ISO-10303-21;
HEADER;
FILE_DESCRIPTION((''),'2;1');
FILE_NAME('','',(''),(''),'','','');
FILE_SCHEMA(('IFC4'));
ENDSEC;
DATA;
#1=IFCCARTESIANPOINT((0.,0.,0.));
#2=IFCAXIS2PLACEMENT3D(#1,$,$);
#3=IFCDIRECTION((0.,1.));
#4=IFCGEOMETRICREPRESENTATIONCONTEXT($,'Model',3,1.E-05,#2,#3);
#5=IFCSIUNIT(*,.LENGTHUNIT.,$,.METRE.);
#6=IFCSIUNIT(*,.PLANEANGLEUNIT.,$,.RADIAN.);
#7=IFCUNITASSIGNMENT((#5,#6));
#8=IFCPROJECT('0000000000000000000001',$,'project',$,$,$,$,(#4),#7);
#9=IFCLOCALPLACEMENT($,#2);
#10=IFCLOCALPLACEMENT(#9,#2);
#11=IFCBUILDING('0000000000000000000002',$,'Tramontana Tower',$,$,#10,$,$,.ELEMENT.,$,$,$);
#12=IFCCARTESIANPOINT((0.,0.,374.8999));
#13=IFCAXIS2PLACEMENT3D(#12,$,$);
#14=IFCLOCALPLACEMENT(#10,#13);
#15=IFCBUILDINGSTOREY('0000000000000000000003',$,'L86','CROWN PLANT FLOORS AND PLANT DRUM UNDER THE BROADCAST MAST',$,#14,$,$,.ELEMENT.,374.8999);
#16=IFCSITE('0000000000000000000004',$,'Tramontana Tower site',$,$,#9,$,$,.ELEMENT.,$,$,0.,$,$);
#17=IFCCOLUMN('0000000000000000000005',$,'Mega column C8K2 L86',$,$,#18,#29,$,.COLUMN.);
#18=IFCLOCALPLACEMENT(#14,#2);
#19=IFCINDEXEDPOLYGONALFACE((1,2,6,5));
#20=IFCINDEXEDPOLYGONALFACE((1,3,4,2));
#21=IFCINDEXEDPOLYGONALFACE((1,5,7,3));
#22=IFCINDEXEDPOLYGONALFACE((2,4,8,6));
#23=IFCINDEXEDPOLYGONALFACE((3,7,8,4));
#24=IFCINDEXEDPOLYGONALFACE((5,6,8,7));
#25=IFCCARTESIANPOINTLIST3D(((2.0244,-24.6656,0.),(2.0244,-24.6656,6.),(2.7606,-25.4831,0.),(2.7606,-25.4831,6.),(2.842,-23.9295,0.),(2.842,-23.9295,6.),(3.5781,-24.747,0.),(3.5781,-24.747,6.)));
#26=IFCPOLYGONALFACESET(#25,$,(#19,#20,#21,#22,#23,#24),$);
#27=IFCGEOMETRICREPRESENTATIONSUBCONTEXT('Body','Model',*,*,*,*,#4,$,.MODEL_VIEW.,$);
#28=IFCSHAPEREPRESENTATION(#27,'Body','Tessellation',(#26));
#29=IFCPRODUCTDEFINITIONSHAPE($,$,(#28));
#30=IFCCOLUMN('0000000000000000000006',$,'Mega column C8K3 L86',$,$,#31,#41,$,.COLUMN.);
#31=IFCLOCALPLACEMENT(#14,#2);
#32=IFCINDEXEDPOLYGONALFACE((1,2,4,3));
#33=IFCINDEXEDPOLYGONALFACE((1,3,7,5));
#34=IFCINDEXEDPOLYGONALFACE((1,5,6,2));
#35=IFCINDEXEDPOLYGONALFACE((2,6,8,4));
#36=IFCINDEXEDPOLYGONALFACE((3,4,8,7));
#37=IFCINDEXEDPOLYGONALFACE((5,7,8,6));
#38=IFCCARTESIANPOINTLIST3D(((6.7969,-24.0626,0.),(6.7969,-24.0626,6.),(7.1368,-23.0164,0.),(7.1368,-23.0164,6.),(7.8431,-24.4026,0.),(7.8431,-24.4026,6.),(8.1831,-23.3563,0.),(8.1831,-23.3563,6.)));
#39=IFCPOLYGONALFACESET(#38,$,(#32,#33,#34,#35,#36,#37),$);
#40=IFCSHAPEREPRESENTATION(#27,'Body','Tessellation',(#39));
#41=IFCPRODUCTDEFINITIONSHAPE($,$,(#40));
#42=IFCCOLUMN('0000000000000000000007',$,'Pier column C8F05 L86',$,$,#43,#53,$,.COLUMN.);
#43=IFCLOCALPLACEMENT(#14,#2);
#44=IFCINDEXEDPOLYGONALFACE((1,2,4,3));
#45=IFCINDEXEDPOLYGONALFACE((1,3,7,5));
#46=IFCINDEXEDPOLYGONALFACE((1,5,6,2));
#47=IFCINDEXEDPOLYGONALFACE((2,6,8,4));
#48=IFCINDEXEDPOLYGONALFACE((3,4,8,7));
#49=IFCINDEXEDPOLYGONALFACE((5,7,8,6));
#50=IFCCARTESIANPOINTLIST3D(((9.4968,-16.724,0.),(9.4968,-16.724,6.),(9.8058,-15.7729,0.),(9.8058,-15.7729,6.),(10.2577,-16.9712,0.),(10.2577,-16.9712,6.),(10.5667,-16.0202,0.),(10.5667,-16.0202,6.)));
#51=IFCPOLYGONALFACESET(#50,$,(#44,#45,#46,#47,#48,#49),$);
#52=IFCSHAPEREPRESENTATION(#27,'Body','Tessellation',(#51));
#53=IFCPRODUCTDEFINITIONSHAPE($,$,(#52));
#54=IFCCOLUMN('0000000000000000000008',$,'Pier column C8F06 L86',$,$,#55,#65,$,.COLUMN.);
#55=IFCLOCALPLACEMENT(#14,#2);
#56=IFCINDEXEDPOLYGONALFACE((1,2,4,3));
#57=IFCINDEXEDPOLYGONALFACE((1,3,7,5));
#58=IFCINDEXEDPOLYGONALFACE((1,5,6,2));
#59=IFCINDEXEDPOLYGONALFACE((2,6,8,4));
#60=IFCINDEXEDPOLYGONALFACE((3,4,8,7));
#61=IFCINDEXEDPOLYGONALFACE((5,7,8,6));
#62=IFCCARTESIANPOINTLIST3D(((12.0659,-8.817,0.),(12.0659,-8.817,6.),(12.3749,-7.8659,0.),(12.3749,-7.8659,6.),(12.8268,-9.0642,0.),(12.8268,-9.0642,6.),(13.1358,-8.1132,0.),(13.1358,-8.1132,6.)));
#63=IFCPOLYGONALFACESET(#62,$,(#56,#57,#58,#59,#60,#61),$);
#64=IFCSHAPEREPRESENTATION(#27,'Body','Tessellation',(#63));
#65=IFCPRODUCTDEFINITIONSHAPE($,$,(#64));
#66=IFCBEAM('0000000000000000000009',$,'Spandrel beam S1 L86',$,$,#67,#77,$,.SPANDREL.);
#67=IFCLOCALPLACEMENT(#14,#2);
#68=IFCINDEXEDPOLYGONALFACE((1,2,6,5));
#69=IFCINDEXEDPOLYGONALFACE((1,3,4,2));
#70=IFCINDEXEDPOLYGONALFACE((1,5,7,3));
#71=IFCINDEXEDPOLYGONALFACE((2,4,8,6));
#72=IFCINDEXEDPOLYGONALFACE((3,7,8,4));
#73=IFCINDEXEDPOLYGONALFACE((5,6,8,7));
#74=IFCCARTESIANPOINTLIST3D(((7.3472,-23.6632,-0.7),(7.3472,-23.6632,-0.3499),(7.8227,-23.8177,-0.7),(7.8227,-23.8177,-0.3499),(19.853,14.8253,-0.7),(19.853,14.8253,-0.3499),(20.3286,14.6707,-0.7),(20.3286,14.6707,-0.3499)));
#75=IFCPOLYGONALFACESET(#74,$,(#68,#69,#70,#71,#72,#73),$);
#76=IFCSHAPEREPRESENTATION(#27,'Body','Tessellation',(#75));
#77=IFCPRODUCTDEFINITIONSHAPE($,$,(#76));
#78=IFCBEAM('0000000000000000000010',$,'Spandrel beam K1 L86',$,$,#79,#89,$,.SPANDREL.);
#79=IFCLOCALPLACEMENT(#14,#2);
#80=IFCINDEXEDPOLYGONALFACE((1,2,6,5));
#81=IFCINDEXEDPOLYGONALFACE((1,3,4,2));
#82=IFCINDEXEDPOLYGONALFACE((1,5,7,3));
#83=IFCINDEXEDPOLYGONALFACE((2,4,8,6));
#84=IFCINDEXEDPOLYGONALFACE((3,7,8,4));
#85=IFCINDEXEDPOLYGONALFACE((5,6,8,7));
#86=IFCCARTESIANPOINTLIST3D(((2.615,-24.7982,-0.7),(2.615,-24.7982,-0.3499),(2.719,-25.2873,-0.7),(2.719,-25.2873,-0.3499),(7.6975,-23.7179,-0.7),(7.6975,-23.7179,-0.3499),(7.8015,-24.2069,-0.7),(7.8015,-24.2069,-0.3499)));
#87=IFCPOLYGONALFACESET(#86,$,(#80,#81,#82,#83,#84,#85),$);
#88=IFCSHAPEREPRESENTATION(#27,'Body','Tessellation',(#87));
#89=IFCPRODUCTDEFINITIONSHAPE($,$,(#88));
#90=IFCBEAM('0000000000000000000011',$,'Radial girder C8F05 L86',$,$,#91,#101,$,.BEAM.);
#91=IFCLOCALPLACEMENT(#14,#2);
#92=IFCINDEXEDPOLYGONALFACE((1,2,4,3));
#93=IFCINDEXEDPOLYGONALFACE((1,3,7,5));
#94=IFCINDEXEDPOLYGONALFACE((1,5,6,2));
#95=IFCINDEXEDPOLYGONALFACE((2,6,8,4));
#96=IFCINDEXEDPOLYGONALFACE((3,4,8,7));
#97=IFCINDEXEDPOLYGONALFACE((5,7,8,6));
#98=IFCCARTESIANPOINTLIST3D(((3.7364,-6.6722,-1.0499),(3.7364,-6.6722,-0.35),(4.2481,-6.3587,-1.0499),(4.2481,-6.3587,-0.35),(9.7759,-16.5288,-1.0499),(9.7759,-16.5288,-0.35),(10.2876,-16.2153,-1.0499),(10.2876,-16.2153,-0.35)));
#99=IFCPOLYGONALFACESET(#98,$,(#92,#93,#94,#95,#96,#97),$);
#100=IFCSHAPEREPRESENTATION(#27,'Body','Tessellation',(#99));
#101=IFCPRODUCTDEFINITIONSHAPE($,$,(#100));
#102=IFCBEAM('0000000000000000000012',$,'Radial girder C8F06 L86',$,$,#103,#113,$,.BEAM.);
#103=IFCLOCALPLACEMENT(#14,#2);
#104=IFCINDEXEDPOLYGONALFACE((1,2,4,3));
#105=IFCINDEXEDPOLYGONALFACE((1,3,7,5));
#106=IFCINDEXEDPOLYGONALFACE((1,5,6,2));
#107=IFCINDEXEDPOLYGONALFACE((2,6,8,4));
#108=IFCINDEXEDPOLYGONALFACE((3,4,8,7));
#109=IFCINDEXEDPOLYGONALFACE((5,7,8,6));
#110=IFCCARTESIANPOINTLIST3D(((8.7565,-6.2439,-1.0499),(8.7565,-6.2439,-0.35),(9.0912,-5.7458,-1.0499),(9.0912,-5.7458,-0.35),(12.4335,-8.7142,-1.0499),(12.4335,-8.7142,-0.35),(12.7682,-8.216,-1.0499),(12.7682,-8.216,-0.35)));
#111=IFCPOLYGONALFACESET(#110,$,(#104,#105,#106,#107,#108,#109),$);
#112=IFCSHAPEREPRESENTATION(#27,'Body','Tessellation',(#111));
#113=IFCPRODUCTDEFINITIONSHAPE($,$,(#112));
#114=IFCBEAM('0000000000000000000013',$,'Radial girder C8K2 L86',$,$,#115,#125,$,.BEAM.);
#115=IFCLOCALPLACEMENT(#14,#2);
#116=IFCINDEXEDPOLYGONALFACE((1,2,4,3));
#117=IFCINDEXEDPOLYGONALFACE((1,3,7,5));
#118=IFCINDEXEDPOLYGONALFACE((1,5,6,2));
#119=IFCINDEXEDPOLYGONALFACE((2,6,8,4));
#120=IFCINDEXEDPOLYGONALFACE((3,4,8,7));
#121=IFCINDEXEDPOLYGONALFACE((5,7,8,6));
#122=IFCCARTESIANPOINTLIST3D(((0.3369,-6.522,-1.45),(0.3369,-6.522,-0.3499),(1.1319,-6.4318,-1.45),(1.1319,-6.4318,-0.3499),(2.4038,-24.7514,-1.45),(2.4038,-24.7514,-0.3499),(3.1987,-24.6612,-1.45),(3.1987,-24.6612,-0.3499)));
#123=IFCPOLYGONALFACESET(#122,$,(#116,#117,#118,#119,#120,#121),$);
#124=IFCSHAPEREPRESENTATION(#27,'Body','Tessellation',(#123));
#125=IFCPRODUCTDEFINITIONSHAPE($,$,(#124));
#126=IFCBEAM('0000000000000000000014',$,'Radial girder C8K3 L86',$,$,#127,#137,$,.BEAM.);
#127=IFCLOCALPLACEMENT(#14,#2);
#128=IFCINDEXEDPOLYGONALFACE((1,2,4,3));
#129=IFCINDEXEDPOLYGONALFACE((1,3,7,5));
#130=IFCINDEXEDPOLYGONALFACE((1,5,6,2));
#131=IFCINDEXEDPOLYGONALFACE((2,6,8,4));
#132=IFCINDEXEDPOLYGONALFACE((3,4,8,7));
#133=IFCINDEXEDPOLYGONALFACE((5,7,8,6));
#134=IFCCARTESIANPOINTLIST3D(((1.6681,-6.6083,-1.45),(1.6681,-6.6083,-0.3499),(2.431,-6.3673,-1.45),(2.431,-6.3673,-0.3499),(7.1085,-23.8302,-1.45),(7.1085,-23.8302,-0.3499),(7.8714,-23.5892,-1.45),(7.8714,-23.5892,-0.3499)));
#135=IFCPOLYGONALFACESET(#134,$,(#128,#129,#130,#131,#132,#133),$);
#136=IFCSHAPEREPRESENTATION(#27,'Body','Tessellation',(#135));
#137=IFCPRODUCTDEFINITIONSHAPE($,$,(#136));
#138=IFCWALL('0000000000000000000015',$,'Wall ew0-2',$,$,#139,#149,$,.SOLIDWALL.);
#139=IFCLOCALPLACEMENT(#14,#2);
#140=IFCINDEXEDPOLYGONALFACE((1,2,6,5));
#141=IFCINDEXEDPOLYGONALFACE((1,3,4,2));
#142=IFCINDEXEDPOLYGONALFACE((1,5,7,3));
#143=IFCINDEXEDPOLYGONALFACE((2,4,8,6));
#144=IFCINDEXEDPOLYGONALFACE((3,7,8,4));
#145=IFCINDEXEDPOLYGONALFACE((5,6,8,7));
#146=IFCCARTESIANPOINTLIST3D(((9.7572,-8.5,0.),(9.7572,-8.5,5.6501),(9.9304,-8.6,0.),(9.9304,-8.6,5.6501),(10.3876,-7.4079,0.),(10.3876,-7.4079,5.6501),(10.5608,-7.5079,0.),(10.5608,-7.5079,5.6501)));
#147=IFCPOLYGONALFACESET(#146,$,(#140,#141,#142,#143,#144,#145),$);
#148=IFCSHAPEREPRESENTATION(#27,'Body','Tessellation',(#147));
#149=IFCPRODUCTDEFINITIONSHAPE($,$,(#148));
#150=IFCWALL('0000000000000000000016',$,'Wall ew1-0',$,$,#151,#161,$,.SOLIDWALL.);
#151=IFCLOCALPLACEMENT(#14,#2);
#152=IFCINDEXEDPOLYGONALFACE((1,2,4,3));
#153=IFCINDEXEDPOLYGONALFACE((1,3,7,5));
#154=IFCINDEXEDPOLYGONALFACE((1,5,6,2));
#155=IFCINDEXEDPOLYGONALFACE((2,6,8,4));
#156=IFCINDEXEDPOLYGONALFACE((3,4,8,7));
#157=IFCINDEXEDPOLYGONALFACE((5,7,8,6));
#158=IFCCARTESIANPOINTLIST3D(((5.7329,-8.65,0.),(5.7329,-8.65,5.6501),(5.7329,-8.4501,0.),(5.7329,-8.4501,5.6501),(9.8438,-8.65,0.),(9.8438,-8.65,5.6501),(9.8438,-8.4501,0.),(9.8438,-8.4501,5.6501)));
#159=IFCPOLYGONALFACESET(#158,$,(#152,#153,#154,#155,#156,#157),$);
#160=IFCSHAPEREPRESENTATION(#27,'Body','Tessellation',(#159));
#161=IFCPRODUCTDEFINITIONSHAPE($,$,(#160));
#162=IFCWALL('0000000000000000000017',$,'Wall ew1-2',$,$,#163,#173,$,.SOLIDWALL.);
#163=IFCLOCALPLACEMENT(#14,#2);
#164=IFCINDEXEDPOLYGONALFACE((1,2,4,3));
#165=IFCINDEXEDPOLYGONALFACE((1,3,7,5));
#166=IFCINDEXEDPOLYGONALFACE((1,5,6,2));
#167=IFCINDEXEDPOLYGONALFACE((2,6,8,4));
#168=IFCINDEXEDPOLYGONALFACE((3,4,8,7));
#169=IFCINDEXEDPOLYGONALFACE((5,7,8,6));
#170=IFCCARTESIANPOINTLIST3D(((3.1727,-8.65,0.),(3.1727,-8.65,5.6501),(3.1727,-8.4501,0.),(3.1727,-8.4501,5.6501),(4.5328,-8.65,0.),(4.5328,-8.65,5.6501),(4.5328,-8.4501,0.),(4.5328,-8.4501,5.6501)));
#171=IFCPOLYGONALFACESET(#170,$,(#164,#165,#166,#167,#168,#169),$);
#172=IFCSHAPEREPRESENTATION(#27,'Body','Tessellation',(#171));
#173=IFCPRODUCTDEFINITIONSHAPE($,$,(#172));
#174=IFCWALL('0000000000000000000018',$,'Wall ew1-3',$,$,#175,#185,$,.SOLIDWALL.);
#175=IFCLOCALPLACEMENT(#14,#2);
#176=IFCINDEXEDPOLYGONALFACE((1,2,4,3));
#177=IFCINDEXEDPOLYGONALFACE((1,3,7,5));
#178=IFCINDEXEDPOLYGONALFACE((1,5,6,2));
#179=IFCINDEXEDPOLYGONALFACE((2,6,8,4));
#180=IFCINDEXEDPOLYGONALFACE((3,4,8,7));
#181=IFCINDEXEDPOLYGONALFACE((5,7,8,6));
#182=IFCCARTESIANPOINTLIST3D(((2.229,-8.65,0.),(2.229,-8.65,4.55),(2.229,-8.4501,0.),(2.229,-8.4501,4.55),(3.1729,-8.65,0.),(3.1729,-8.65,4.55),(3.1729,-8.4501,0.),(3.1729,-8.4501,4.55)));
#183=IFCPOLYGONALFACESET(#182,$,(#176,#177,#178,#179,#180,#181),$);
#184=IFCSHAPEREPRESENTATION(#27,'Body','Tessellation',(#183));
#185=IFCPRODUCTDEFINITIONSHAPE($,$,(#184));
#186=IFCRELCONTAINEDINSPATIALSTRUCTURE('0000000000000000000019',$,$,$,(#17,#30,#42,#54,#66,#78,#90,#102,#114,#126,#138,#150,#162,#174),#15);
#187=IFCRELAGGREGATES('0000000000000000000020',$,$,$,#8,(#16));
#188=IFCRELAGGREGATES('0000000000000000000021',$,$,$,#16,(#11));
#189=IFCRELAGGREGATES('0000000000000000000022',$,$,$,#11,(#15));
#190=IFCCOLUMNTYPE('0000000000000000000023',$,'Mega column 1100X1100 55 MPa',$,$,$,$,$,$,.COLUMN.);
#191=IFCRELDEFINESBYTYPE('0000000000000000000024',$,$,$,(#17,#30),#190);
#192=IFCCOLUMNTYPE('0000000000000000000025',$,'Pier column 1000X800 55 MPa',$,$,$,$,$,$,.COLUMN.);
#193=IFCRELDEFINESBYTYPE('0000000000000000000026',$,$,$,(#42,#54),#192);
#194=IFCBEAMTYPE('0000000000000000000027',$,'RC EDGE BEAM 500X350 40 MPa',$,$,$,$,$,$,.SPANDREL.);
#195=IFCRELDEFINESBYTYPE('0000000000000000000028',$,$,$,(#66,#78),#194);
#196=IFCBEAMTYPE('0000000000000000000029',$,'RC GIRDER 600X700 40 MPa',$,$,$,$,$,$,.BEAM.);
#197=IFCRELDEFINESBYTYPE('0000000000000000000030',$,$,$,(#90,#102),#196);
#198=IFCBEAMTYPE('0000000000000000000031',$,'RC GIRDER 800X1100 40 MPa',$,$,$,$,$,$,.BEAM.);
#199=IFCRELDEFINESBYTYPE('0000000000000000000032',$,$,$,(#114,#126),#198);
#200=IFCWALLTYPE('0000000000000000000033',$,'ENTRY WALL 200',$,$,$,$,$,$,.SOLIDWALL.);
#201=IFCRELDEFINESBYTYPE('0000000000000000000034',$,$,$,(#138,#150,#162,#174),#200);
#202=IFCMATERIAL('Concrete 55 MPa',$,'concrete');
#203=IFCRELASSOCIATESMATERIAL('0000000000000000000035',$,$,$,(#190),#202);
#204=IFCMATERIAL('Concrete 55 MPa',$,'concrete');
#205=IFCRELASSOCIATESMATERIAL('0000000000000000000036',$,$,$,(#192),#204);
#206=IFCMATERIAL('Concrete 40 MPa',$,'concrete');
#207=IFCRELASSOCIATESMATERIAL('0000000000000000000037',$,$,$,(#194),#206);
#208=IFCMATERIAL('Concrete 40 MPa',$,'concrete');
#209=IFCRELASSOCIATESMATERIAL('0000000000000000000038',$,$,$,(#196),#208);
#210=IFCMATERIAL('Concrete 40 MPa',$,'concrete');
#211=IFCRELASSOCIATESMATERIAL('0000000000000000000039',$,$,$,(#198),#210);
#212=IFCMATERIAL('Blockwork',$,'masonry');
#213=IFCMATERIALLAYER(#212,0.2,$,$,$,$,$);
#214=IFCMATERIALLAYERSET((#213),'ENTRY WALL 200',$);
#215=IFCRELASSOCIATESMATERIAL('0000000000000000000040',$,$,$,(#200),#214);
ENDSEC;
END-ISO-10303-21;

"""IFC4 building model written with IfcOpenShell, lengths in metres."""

from ifc_helpers import new_model, si_unit, direction, frame, frame_2d, origin, origin_2d, place, context, subcontext, project, spatial, rectangle, extrude, material, layer, layer_set, material_profile, profile_set, type_object, element, save


model = new_model("IFC4")

# Units and contexts
model_context = context("Model", 3, precision=1e-05, world=origin(), true_north=direction((0.0, 1.0)))
body_context = subcontext(model_context, "Body", "Model", "MODEL_VIEW")
ifc_project = project(units=[si_unit("LENGTHUNIT", "METRE"), si_unit("PLANEANGLEUNIT", "RADIAN")], contexts=[model_context])

# Site, building, storey
site_placement = place(None, origin())
site = spatial("IfcSite", under=ifc_project, at=site_placement, Name="Tramontana Tower site", CompositionType="ELEMENT", RefElevation=0.0)
building_placement = place(site_placement, origin())
building = spatial("IfcBuilding", under=site, at=building_placement, Name="Tramontana Tower", CompositionType="ELEMENT")
storey_placement = place(building_placement, frame((0.0, 0.0, 374.8999)))
storey = spatial("IfcBuildingStorey", under=building, at=storey_placement, Name="L86", Description="CROWN PLANT FLOORS AND PLANT DRUM UNDER THE BROADCAST MAST", CompositionType="ELEMENT", Elevation=374.8999)

# Columns
ifc_material_1 = material(Name="Concrete 55 MPa", Category="concrete")
ifc_material_profile_1 = material_profile(ifc_material_1, rectangle(XDim=1.1001, YDim=1.1001, at=origin_2d()), Name="Mega column 1100X1100 55 MPa")
ifc_profile_set_1 = profile_set([ifc_material_profile_1], Name="Concrete 55 MPa")
column_type_1 = type_object("IfcColumnType", Name="Mega column 1100X1100 55 MPa", PredefinedType="COLUMN", material=ifc_profile_set_1)
for number, where, z_axis, x_axis, name in (
    (1, (2.8013, -24.7063, 0.0), (0.0, 0.0, 1.0), (0.669131, -0.743145, 0.0), "Mega column C8K2 L86"),
    (2, (7.49, -23.7095, 0.0), (0.0, 0.0, 1.0), (0.309017, 0.951057, 0.0), "Mega column C8K3 L86"),
):
    element("IfcColumn", number, at=place(storey_placement, frame(where, z_axis=z_axis, x_axis=x_axis)), inside=storey, type_object=column_type_1, Name=name, PredefinedType="COLUMN", context=body_context, shape_type="SweptSolid", body=[
        extrude(rectangle(XDim=1.1001, YDim=1.1001, at=origin_2d()), origin(), (0.0, 0.0, 1.0), 6.0),
    ])
ifc_material_2 = material(Name="Concrete 55 MPa", Category="concrete")
ifc_material_profile_2 = material_profile(ifc_material_2, rectangle(XDim=1.0, YDim=0.8, at=origin_2d()), Name="Pier column 1000X800 55 MPa")
ifc_profile_set_2 = profile_set([ifc_material_profile_2], Name="Concrete 55 MPa")
column_type_2 = type_object("IfcColumnType", Name="Pier column 1000X800 55 MPa", PredefinedType="COLUMN", material=ifc_profile_set_2)
for number, where, z_axis, x_axis, name in (
    (3, (10.0317, -16.3721, 0.0), (0.0, 0.0, 1.0), (0.309017, 0.951057, 0.0), "Pier column C8F05 L86"),
    (4, (12.6008, -8.4651, 0.0), (0.0, 0.0, 1.0), (0.309017, 0.951057, 0.0), "Pier column C8F06 L86"),
):
    element("IfcColumn", number, at=place(storey_placement, frame(where, z_axis=z_axis, x_axis=x_axis)), inside=storey, type_object=column_type_2, Name=name, PredefinedType="COLUMN", context=body_context, shape_type="SweptSolid", body=[
        extrude(rectangle(XDim=1.0, YDim=0.8, at=origin_2d()), origin(), (0.0, 0.0, 1.0), 6.0),
    ])

# Beams
ifc_material_3 = material(Name="Concrete 40 MPa", Category="concrete")
ifc_material_profile_3 = material_profile(ifc_material_3, rectangle(XDim=0.5, YDim=0.3501, at=origin_2d()), Name="RC EDGE BEAM 500X350 40 MPa")
ifc_profile_set_3 = profile_set([ifc_material_profile_3], Name="Concrete 40 MPa")
beam_type_1 = type_object("IfcBeamType", Name="RC EDGE BEAM 500X350 40 MPa", PredefinedType="SPANDREL", material=ifc_profile_set_3)
beam_1_placement = place(storey_placement, frame((7.585, -23.7405, -0.5249), z_axis=(0.309021, 0.951055, 0.0), x_axis=(-0.951055, 0.309021, 0.0)))
element("IfcBeam", 5, at=beam_1_placement, inside=storey, type_object=beam_type_1, Name="Spandrel beam S1 L86", PredefinedType="SPANDREL", context=body_context, shape_type="SweptSolid", body=[
    extrude(rectangle(XDim=0.5, YDim=0.3501, at=origin_2d()), origin(), (0.0, 0.0, 1.0), 40.4692),
])
beam_2_placement = place(storey_placement, frame((2.667, -25.0427, -0.5249), z_axis=(0.978148, 0.207912, 0.0), x_axis=(-0.207912, 0.978148, 0.0)))
element("IfcBeam", 6, at=beam_2_placement, inside=storey, type_object=beam_type_1, Name="Spandrel beam K1 L86", PredefinedType="SPANDREL", context=body_context, shape_type="SweptSolid", body=[
    extrude(rectangle(XDim=0.5, YDim=0.3501, at=origin_2d()), origin(), (0.0, 0.0, 1.0), 5.196),
])
ifc_material_4 = material(Name="Concrete 40 MPa", Category="concrete")
ifc_material_profile_4 = material_profile(ifc_material_4, rectangle(XDim=0.6001, YDim=0.7, at=origin_2d()), Name="RC GIRDER 600X700 40 MPa")
ifc_profile_set_4 = profile_set([ifc_material_profile_4], Name="Concrete 40 MPa")
beam_type_2 = type_object("IfcBeamType", Name="RC GIRDER 600X700 40 MPa", PredefinedType="BEAM", material=ifc_profile_set_4)
beam_3_placement = place(storey_placement, frame((10.0317, -16.3721, -0.7), z_axis=(-0.522459, 0.852665, 0.0), x_axis=(-0.852665, -0.522459, 0.0)))
element("IfcBeam", 7, at=beam_3_placement, inside=storey, type_object=beam_type_2, Name="Radial girder C8F05 L86", PredefinedType="BEAM", context=body_context, shape_type="SweptSolid", body=[
    extrude(rectangle(XDim=0.6001, YDim=0.7, at=origin_2d()), origin(), (0.0, 0.0, 1.0), 11.5598),
])
beam_4_placement = place(storey_placement, frame((12.6008, -8.4651, -0.7), z_axis=(-0.830078, 0.557647, 0.0), x_axis=(-0.557647, -0.830078, 0.0)))
element("IfcBeam", 8, at=beam_4_placement, inside=storey, type_object=beam_type_2, Name="Radial girder C8F06 L86", PredefinedType="BEAM", context=body_context, shape_type="SweptSolid", body=[
    extrude(rectangle(XDim=0.6001, YDim=0.7, at=origin_2d()), origin(), (0.0, 0.0, 1.0), 4.4297),
])
ifc_material_5 = material(Name="Concrete 40 MPa", Category="concrete")
ifc_material_profile_5 = material_profile(ifc_material_5, rectangle(XDim=0.8, YDim=1.1001, at=origin_2d()), Name="RC GIRDER 800X1100 40 MPa")
ifc_profile_set_5 = profile_set([ifc_material_profile_5], Name="Concrete 40 MPa")
beam_type_3 = type_object("IfcBeamType", Name="RC GIRDER 800X1100 40 MPa", PredefinedType="BEAM", material=ifc_profile_set_5)
beam_5_placement = place(storey_placement, frame((2.8013, -24.7063, -0.8999), z_axis=(-0.11266, 0.993634, 0.0), x_axis=(-0.993634, -0.11266, 0.0)))
element("IfcBeam", 9, at=beam_5_placement, inside=storey, type_object=beam_type_3, Name="Radial girder C8K2 L86", PredefinedType="BEAM", context=body_context, shape_type="SweptSolid", body=[
    extrude(rectangle(XDim=0.8, YDim=1.1001, at=origin_2d()), origin(), (0.0, 0.0, 1.0), 18.3462),
])
beam_6_placement = place(storey_placement, frame((7.49, -23.7097, -0.8999), z_axis=(-0.301228, 0.953552, 0.0), x_axis=(-0.953552, -0.301228, 0.0)))
element("IfcBeam", 10, at=beam_6_placement, inside=storey, type_object=beam_type_3, Name="Radial girder C8K3 L86", PredefinedType="BEAM", context=body_context, shape_type="SweptSolid", body=[
    extrude(rectangle(XDim=0.8, YDim=1.1001, at=origin_2d()), origin(), (0.0, 0.0, 1.0), 18.0608),
])

# Walls
ifc_material_6 = material(Name="Blockwork", Category="masonry")
ifc_layer_1 = layer(ifc_material_6, 0.2)
ifc_layer_set_1 = layer_set([ifc_layer_1], Name="ENTRY WALL 200")
wall_type_1 = type_object("IfcWallType", Name="ENTRY WALL 200", PredefinedType="SOLIDWALL", material=ifc_layer_set_1)
wall_1_placement = place(storey_placement, frame((10.4741, -7.458, 0.0), z_axis=(0.0, 0.0, 1.0), x_axis=(-0.499929, -0.866066, 0.0)))
element("IfcWall", 11, at=wall_1_placement, inside=storey, type_object=wall_type_1, Name="Wall ew0-2", PredefinedType="SOLIDWALL", context=body_context, shape_type="SweptSolid", body=[
    extrude(rectangle(XDim=1.261, YDim=0.2, at=frame_2d((0.6304, 0.0))), origin(), (0.0, 0.0, 1.0), 5.6501),
])
wall_2_placement = place(storey_placement, frame((9.8438, -8.55, 0.0), z_axis=(0.0, 0.0, 1.0), x_axis=(-1.0, 0.0, 0.0)))
element("IfcWall", 12, at=wall_2_placement, inside=storey, type_object=wall_type_1, Name="Wall ew1-0", PredefinedType="SOLIDWALL", context=body_context, shape_type="SweptSolid", body=[
    extrude(rectangle(XDim=4.1108, YDim=0.2, at=frame_2d((2.0554, 0.0))), origin(), (0.0, 0.0, 1.0), 5.6501),
])

# Walls
wall_3_placement = place(storey_placement, frame((4.533, -8.55, 0.0), z_axis=(0.0, 0.0, 1.0), x_axis=(-1.0, 0.0, 0.0)))
element("IfcWall", 13, at=wall_3_placement, inside=storey, type_object=wall_type_1, Name="Wall ew1-2", PredefinedType="SOLIDWALL", context=body_context, shape_type="SweptSolid", body=[
    extrude(rectangle(XDim=1.3601, YDim=0.2, at=frame_2d((0.6802, 0.0))), origin(), (0.0, 0.0, 1.0), 5.6501),
])
wall_4_placement = place(storey_placement, frame((3.1729, -8.55, 0.0), z_axis=(0.0, 0.0, 1.0), x_axis=(-1.0, 0.0, 0.0)))
element("IfcWall", 14, at=wall_4_placement, inside=storey, type_object=wall_type_1, Name="Wall ew1-3", PredefinedType="SOLIDWALL", context=body_context, shape_type="SweptSolid", body=[
    extrude(rectangle(XDim=0.9438, YDim=0.2, at=frame_2d((0.4719, 0.0))), origin(), (0.0, 0.0, 1.0), 4.55),
])

save(model, "model.ifc")
